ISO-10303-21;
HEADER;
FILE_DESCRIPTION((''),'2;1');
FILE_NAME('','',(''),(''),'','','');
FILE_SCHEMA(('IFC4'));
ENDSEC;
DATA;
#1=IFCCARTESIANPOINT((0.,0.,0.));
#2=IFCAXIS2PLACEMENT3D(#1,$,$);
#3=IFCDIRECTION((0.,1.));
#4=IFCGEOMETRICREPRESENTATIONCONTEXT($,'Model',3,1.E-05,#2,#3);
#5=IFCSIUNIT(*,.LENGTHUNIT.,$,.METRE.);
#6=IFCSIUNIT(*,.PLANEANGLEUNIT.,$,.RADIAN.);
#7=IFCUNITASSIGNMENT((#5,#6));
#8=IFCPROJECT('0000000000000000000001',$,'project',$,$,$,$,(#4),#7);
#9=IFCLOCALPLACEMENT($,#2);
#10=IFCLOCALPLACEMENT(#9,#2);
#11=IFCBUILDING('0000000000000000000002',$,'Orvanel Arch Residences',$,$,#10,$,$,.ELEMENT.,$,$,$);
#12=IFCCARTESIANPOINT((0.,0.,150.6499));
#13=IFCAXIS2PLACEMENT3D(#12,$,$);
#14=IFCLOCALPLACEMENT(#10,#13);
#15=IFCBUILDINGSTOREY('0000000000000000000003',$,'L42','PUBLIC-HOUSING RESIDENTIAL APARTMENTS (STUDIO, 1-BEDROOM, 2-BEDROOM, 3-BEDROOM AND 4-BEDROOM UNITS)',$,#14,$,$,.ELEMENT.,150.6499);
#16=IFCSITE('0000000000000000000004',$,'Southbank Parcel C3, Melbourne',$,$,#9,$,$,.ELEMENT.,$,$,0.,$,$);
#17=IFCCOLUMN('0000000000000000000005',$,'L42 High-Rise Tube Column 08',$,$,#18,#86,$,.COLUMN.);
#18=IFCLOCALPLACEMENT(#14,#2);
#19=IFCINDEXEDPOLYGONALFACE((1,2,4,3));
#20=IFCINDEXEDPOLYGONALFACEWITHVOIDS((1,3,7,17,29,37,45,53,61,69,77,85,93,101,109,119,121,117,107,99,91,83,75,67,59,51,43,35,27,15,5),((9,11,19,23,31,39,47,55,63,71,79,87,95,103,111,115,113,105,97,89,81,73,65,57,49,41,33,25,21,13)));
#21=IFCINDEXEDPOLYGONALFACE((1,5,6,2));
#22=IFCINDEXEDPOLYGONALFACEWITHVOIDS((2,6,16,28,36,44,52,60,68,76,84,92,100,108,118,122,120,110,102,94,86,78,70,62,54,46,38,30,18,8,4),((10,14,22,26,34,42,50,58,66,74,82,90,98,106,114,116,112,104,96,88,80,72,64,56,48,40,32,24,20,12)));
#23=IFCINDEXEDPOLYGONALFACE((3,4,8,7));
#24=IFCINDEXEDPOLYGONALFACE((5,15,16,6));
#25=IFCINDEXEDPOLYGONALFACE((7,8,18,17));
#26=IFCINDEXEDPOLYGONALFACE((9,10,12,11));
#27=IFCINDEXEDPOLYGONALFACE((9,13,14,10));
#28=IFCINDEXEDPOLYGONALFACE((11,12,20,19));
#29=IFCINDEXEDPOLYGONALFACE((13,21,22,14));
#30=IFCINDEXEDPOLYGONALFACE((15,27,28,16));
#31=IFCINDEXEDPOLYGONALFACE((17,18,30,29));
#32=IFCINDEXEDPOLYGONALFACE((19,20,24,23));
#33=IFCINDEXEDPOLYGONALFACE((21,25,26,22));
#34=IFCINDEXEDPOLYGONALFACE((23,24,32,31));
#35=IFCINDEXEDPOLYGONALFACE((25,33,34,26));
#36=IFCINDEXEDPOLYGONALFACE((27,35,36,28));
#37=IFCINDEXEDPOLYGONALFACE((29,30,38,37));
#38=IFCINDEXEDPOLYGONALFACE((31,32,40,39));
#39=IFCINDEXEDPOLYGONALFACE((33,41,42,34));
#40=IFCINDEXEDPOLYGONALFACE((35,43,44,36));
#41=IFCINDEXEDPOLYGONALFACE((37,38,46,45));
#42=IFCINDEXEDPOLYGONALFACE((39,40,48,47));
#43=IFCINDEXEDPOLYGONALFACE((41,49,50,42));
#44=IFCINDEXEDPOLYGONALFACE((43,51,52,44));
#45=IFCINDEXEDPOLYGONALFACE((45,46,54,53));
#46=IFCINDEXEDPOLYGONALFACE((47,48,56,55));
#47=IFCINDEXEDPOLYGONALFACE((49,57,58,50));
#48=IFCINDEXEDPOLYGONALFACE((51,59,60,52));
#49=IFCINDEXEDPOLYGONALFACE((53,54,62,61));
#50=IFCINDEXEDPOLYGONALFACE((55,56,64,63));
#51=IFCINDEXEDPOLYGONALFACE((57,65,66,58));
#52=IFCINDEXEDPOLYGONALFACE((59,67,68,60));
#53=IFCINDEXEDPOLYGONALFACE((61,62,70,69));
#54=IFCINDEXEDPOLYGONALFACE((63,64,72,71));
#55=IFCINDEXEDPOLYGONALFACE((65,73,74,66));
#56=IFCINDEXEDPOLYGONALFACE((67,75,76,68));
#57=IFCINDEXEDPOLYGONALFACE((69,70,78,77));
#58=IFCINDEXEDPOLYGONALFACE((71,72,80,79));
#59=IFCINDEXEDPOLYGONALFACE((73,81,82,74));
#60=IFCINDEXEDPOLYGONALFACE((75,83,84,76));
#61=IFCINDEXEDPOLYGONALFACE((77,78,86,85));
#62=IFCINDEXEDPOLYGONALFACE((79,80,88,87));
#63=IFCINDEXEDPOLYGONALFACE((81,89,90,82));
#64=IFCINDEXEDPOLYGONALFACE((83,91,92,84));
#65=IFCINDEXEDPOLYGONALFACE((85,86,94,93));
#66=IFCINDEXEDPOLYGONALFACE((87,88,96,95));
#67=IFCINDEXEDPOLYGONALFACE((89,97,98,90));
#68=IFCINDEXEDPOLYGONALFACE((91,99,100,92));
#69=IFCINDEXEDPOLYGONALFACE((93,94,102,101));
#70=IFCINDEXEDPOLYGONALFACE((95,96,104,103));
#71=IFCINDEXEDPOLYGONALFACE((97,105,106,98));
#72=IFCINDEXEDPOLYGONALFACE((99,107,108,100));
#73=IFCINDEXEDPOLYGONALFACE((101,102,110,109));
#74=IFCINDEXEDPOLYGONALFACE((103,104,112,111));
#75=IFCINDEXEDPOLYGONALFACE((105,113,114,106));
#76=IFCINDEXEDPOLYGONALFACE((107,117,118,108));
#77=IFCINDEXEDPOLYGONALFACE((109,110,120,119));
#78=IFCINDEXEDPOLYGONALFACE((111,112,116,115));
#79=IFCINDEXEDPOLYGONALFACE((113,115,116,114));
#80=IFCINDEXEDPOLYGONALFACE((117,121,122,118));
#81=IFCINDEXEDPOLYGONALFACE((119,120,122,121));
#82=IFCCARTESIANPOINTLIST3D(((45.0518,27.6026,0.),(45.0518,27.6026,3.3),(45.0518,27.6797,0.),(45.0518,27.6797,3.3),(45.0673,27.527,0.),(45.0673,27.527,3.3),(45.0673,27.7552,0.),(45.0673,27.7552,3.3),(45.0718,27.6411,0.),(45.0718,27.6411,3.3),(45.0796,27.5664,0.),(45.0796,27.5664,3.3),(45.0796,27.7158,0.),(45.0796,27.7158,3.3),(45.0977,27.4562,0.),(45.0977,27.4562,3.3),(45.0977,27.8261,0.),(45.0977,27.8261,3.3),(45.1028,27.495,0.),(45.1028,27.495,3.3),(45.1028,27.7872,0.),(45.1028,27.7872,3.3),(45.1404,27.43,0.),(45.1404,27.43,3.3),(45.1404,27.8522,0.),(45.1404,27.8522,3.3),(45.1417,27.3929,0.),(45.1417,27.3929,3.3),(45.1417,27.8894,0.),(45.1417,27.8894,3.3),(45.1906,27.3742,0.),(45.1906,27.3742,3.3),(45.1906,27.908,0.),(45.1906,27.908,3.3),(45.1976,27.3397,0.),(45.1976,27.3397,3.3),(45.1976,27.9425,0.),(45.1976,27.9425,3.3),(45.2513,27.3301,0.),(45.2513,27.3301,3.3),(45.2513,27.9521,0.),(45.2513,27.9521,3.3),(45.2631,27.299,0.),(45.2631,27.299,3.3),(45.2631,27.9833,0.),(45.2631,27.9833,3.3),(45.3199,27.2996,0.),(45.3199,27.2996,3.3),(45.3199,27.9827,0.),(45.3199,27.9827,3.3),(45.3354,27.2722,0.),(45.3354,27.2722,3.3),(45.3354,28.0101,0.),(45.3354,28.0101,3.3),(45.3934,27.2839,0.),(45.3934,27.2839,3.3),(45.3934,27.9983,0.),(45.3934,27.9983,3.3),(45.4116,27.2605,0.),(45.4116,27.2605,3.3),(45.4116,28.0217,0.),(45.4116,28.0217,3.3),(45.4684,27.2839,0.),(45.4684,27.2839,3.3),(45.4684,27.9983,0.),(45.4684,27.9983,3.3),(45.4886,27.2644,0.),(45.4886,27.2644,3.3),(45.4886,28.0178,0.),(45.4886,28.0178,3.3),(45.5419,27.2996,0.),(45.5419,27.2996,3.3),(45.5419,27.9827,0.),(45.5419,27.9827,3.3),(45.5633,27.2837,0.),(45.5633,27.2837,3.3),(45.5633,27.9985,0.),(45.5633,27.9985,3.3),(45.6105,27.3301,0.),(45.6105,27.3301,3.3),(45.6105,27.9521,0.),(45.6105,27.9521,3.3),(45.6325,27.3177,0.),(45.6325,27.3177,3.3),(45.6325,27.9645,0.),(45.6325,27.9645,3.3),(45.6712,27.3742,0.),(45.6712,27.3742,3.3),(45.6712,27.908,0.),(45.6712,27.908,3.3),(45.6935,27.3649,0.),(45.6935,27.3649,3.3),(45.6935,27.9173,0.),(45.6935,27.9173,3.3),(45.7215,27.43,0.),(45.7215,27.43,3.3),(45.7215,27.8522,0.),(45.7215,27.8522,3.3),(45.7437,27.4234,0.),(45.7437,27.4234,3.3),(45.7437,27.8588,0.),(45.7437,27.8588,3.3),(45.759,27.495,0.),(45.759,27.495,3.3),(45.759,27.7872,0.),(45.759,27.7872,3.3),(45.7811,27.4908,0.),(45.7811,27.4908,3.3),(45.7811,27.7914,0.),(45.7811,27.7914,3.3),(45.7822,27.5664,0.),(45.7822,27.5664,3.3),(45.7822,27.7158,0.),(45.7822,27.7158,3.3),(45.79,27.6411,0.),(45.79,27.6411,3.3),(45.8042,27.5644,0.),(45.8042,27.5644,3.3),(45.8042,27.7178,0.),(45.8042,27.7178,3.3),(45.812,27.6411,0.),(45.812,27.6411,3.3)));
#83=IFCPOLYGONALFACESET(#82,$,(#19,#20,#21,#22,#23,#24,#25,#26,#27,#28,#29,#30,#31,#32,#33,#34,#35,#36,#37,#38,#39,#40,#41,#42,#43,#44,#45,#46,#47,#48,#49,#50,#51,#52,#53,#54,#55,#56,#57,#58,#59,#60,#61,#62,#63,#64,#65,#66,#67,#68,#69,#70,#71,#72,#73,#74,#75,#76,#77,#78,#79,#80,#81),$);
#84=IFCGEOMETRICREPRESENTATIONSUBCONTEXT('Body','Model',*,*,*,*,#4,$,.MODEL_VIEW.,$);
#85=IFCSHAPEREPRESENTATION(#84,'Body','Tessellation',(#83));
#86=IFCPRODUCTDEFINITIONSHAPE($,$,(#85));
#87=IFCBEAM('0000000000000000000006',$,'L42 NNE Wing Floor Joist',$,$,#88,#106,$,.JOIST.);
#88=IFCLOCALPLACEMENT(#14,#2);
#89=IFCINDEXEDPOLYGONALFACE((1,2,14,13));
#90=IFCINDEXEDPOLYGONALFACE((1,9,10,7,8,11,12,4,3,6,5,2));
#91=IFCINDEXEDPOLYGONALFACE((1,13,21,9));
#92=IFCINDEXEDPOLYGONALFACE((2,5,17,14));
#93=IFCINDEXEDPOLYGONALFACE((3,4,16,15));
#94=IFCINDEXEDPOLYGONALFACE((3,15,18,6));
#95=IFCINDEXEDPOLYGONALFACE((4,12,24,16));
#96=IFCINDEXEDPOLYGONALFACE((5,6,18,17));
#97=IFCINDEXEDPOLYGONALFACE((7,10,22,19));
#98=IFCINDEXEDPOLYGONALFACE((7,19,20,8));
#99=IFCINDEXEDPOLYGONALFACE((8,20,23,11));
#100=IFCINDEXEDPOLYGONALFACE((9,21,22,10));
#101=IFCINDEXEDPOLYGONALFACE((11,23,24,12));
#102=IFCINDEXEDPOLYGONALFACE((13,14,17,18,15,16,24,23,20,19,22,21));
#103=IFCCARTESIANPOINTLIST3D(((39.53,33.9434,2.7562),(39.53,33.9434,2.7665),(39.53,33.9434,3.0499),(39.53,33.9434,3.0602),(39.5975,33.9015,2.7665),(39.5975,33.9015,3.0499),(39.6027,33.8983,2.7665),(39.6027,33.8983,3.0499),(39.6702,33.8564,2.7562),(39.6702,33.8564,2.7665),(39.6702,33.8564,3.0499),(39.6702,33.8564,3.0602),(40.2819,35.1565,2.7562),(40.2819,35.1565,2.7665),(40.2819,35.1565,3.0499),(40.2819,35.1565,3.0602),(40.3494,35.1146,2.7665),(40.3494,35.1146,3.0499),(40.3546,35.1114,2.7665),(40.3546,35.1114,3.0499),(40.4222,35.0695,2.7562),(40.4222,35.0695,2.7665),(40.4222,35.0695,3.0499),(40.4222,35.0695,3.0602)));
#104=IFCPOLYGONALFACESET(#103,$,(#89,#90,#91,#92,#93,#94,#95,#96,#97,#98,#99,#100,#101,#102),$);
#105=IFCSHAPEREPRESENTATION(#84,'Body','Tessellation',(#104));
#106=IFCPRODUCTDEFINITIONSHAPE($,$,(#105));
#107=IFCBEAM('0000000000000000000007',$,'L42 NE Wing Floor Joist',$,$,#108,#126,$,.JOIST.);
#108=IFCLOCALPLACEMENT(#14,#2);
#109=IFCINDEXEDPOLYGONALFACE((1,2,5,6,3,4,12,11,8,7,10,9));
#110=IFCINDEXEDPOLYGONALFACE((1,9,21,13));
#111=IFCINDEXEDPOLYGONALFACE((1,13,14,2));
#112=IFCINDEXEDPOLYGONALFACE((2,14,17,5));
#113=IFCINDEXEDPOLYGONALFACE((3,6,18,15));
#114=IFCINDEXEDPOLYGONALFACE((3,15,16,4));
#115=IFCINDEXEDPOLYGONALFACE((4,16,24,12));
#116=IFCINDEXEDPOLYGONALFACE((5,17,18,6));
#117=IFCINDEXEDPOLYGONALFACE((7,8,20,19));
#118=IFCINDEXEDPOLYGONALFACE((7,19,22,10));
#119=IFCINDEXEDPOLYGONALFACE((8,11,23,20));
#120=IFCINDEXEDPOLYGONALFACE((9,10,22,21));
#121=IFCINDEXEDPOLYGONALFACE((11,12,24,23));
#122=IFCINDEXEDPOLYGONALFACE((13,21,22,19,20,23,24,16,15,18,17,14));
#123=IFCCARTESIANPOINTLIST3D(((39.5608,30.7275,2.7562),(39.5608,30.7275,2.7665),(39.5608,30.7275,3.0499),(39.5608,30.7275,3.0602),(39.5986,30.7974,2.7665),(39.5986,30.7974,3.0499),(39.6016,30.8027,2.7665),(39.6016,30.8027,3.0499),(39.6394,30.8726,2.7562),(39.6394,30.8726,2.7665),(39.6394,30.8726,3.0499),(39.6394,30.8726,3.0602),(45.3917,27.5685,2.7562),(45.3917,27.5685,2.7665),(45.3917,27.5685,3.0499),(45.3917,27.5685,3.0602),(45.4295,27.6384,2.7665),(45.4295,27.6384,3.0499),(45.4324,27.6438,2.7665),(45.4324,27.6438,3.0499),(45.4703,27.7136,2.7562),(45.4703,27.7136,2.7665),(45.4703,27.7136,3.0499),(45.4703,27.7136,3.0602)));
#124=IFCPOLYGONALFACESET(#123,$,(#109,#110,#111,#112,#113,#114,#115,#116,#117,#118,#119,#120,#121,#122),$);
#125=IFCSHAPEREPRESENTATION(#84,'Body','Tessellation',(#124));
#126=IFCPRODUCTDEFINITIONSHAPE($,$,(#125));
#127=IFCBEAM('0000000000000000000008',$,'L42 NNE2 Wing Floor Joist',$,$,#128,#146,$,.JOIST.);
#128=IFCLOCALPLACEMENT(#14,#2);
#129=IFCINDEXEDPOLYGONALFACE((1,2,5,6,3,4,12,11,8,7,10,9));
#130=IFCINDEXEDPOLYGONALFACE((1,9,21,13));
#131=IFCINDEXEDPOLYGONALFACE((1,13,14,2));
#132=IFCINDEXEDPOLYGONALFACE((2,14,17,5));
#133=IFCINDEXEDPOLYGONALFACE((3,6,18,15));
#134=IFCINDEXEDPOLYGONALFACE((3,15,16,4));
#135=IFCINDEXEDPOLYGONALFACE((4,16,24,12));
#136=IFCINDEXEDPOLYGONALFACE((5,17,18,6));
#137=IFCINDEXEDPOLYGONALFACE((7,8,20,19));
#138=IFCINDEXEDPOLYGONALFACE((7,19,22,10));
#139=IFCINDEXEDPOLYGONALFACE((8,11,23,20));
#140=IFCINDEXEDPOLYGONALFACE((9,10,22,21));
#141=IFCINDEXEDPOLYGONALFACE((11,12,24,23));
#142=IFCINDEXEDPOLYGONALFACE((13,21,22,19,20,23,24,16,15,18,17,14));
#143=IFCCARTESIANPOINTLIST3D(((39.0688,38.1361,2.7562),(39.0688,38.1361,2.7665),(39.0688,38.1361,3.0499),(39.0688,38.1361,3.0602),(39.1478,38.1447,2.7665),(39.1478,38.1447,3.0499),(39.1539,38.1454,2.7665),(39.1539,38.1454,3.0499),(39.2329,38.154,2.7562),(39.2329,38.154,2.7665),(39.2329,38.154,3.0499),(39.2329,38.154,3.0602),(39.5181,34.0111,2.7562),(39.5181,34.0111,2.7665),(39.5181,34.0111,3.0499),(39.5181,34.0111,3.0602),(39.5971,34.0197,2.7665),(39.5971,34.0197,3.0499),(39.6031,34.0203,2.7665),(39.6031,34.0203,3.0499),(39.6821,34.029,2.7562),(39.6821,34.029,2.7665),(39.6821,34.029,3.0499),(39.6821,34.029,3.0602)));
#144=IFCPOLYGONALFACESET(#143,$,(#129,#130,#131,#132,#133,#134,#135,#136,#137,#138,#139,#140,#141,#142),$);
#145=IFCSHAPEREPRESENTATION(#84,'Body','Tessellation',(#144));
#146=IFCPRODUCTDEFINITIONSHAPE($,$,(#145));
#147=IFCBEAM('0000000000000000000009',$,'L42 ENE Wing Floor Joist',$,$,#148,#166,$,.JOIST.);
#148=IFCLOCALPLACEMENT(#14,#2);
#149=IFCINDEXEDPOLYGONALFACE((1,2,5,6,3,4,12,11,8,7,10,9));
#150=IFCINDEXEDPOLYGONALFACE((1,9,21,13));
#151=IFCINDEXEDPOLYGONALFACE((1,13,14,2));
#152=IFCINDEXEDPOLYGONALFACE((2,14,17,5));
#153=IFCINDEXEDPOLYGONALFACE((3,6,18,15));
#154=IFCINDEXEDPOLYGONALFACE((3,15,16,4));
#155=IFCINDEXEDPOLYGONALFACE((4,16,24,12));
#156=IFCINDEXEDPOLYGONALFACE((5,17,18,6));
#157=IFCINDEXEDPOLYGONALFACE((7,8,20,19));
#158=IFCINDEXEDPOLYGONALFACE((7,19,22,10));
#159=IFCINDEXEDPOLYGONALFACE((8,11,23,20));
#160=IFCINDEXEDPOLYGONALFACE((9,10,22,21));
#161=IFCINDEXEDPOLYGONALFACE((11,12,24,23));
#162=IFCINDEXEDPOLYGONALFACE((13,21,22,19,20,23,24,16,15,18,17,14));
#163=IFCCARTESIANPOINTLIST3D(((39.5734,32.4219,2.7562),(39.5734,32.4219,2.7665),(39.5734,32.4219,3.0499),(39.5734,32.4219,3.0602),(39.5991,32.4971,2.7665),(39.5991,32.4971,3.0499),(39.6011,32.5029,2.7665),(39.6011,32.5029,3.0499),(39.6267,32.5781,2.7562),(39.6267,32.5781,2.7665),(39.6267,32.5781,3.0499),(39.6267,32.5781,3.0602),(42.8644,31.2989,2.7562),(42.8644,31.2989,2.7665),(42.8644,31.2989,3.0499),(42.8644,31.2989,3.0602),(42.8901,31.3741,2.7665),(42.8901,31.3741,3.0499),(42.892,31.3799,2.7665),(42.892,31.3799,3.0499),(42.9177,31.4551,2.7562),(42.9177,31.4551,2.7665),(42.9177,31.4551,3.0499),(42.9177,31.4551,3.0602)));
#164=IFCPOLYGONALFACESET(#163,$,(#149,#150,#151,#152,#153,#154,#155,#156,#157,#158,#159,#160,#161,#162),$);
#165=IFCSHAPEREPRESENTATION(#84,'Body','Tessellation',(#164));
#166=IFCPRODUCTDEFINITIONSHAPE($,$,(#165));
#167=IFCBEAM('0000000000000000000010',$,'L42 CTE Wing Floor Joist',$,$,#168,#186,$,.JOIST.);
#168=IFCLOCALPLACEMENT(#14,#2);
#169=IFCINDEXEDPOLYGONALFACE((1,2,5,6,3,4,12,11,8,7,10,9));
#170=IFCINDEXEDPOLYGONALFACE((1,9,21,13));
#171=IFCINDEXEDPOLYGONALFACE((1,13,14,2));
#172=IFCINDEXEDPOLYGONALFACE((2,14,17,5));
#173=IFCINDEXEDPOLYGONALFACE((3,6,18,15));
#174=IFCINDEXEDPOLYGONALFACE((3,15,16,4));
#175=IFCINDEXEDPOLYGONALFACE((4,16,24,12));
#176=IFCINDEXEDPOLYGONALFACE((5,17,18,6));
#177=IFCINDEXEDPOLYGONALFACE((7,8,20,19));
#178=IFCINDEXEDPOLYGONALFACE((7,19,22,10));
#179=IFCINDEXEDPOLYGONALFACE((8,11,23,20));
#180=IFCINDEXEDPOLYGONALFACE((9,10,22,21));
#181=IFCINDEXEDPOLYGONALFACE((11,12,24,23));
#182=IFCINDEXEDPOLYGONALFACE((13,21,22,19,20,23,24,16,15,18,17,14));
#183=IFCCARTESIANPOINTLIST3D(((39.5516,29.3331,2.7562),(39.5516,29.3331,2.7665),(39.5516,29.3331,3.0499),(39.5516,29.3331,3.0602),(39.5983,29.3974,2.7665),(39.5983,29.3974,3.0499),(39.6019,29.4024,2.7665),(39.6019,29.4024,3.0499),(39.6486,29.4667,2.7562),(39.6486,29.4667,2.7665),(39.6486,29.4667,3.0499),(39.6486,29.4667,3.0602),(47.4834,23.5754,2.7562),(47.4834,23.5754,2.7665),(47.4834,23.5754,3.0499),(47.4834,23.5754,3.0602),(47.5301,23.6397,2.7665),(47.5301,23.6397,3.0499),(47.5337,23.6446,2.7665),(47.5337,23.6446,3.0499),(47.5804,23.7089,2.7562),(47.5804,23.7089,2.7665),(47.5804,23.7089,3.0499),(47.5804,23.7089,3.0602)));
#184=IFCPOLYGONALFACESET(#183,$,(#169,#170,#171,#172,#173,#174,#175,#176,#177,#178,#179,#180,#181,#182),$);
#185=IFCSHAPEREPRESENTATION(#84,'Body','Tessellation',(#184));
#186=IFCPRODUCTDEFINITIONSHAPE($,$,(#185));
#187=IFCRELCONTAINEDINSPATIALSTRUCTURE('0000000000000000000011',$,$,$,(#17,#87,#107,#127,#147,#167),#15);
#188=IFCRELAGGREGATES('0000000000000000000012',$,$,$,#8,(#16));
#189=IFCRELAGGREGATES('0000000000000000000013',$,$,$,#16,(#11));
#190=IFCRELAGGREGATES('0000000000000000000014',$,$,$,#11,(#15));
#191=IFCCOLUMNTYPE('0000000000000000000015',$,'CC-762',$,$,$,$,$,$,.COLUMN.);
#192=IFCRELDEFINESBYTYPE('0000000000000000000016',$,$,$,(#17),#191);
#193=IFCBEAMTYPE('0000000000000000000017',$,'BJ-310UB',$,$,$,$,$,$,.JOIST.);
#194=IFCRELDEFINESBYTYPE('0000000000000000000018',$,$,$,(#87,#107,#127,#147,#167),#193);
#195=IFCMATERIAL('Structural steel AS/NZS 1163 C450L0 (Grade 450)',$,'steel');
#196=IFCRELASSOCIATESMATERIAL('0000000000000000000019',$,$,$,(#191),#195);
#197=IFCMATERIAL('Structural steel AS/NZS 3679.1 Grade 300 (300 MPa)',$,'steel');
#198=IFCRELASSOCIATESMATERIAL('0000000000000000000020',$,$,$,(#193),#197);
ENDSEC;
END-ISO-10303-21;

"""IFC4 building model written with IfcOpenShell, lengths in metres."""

from ifc_helpers import new_model, si_unit, direction, frame, origin, origin_2d, place, context, subcontext, project, spatial, hollow_circle, i_section, extrude, material, material_profile, profile_set, type_object, element, save


model = new_model("IFC4")

# Units and contexts
model_context = context("Model", 3, precision=1e-05, world=origin(), true_north=direction((0.0, 1.0)))
body_context = subcontext(model_context, "Body", "Model", "MODEL_VIEW")
ifc_project = project(units=[si_unit("LENGTHUNIT", "METRE"), si_unit("PLANEANGLEUNIT", "RADIAN")], contexts=[model_context])

# Site, building, storey
site_placement = place(None, origin())
site = spatial("IfcSite", under=ifc_project, at=site_placement, Name="Southbank Parcel C3, Melbourne", CompositionType="ELEMENT", RefElevation=0.0)
building_placement = place(site_placement, origin())
building = spatial("IfcBuilding", under=site, at=building_placement, Name="Orvanel Arch Residences", CompositionType="ELEMENT")
storey_placement = place(building_placement, frame((0.0, 0.0, 150.6499)))
storey = spatial("IfcBuildingStorey", under=building, at=storey_placement, Name="L42", Description="PUBLIC-HOUSING RESIDENTIAL APARTMENTS (STUDIO, 1-BEDROOM, 2-BEDROOM, 3-BEDROOM AND 4-BEDROOM UNITS)", CompositionType="ELEMENT", Elevation=150.6499)

# Column
ifc_material_1 = material(Name="Structural steel AS/NZS 1163 C450L0 (Grade 450)", Category="steel")
ifc_material_profile_1 = material_profile(ifc_material_1, hollow_circle(Radius=0.3811, WallThickness=0.022, at=origin_2d()), Name="CHS762x22")
ifc_profile_set_1 = profile_set([ifc_material_profile_1], Name="Structural steel AS/NZS 1163 C450L0 (Grade 450)")
column_type = type_object("IfcColumnType", Name="CC-762", PredefinedType="COLUMN", material=ifc_profile_set_1)
column_placement = place(storey_placement, frame((45.4309, 27.6411, 0.0), z_axis=(0.0, 0.0, 1.0), x_axis=(1.0, 0.0, 0.0)))
element("IfcColumn", 1, at=column_placement, inside=storey, type_object=column_type, Name="L42 High-Rise Tube Column 08", PredefinedType="COLUMN", context=body_context, shape_type="SweptSolid", body=[
    extrude(hollow_circle(Radius=0.3811, WallThickness=0.022, at=origin_2d()), origin(), (0.0, 0.0, 1.0), 3.3),
])

# Beams
ifc_material_2 = material(Name="Structural steel AS/NZS 3679.1 Grade 300 (300 MPa)", Category="steel")
ifc_material_profile_2 = material_profile(ifc_material_2, i_section(OverallWidth=0.165, OverallDepth=0.304, WebThickness=0.0061, FlangeThickness=0.0103, at=origin_2d()), Name="310UB40.4")
ifc_profile_set_2 = profile_set([ifc_material_profile_2], Name="Structural steel AS/NZS 3679.1 Grade 300 (300 MPa)")
beam_type_1 = type_object("IfcBeamType", Name="BJ-310UB", PredefinedType="JOIST", material=ifc_profile_set_2)
beam_1_placement = place(storey_placement, frame((39.6001, 33.8999, 2.9082), z_axis=(0.526843, 0.849962, 0.0), x_axis=(-0.849962, 0.526843, 0.0)))
element("IfcBeam", 2, at=beam_1_placement, inside=storey, type_object=beam_type_1, Name="L42 NNE Wing Floor Joist", PredefinedType="JOIST", context=body_context, shape_type="SweptSolid", body=[
    extrude(i_section(OverallWidth=0.165, OverallDepth=0.304, WebThickness=0.0061, FlangeThickness=0.0103, at=origin_2d()), origin(), (0.0, 0.0, 1.0), 1.4272),
])
beam_2_placement = place(storey_placement, frame((39.6001, 30.8, 2.9082), z_axis=(0.879255, -0.476351, 0.0), x_axis=(0.476351, 0.879255, 0.0)))
element("IfcBeam", 3, at=beam_2_placement, inside=storey, type_object=beam_type_1, Name="L42 NE Wing Floor Joist", PredefinedType="JOIST", context=body_context, shape_type="SweptSolid", body=[
    extrude(i_section(OverallWidth=0.165, OverallDepth=0.304, WebThickness=0.0061, FlangeThickness=0.0103, at=origin_2d()), origin(), (0.0, 0.0, 1.0), 6.6316),
])
beam_3_placement = place(storey_placement, frame((39.6001, 34.02, 2.9082), z_axis=(-0.108261, 0.994122, 0.0), x_axis=(-0.994122, -0.108261, 0.0)))
element("IfcBeam", 4, at=beam_3_placement, inside=storey, type_object=beam_type_1, Name="L42 NNE2 Wing Floor Joist", PredefinedType="JOIST", context=body_context, shape_type="SweptSolid", body=[
    extrude(i_section(OverallWidth=0.165, OverallDepth=0.304, WebThickness=0.0061, FlangeThickness=0.0103, at=origin_2d()), origin(), (0.0, 0.0, 1.0), 4.1494),
])
beam_4_placement = place(storey_placement, frame((39.6001, 32.5, 2.9082), z_axis=(0.946413, -0.32296, 0.0), x_axis=(0.32296, 0.946413, 0.0)))
element("IfcBeam", 5, at=beam_4_placement, inside=storey, type_object=beam_type_1, Name="L42 ENE Wing Floor Joist", PredefinedType="JOIST", context=body_context, shape_type="SweptSolid", body=[
    extrude(i_section(OverallWidth=0.165, OverallDepth=0.304, WebThickness=0.0061, FlangeThickness=0.0103, at=origin_2d()), origin(), (0.0, 0.0, 1.0), 3.4773),
])
beam_5_placement = place(storey_placement, frame((39.6001, 29.3999, 2.9082), z_axis=(0.809261, -0.587449, 0.0), x_axis=(0.587449, 0.809261, 0.0)))
element("IfcBeam", 6, at=beam_5_placement, inside=storey, type_object=beam_type_1, Name="L42 CTE Wing Floor Joist", PredefinedType="JOIST", context=body_context, shape_type="SweptSolid", body=[
    extrude(i_section(OverallWidth=0.165, OverallDepth=0.304, WebThickness=0.0061, FlangeThickness=0.0103, at=origin_2d()), origin(), (0.0, 0.0, 1.0), 9.8013),
])

save(model, "model.ifc")
